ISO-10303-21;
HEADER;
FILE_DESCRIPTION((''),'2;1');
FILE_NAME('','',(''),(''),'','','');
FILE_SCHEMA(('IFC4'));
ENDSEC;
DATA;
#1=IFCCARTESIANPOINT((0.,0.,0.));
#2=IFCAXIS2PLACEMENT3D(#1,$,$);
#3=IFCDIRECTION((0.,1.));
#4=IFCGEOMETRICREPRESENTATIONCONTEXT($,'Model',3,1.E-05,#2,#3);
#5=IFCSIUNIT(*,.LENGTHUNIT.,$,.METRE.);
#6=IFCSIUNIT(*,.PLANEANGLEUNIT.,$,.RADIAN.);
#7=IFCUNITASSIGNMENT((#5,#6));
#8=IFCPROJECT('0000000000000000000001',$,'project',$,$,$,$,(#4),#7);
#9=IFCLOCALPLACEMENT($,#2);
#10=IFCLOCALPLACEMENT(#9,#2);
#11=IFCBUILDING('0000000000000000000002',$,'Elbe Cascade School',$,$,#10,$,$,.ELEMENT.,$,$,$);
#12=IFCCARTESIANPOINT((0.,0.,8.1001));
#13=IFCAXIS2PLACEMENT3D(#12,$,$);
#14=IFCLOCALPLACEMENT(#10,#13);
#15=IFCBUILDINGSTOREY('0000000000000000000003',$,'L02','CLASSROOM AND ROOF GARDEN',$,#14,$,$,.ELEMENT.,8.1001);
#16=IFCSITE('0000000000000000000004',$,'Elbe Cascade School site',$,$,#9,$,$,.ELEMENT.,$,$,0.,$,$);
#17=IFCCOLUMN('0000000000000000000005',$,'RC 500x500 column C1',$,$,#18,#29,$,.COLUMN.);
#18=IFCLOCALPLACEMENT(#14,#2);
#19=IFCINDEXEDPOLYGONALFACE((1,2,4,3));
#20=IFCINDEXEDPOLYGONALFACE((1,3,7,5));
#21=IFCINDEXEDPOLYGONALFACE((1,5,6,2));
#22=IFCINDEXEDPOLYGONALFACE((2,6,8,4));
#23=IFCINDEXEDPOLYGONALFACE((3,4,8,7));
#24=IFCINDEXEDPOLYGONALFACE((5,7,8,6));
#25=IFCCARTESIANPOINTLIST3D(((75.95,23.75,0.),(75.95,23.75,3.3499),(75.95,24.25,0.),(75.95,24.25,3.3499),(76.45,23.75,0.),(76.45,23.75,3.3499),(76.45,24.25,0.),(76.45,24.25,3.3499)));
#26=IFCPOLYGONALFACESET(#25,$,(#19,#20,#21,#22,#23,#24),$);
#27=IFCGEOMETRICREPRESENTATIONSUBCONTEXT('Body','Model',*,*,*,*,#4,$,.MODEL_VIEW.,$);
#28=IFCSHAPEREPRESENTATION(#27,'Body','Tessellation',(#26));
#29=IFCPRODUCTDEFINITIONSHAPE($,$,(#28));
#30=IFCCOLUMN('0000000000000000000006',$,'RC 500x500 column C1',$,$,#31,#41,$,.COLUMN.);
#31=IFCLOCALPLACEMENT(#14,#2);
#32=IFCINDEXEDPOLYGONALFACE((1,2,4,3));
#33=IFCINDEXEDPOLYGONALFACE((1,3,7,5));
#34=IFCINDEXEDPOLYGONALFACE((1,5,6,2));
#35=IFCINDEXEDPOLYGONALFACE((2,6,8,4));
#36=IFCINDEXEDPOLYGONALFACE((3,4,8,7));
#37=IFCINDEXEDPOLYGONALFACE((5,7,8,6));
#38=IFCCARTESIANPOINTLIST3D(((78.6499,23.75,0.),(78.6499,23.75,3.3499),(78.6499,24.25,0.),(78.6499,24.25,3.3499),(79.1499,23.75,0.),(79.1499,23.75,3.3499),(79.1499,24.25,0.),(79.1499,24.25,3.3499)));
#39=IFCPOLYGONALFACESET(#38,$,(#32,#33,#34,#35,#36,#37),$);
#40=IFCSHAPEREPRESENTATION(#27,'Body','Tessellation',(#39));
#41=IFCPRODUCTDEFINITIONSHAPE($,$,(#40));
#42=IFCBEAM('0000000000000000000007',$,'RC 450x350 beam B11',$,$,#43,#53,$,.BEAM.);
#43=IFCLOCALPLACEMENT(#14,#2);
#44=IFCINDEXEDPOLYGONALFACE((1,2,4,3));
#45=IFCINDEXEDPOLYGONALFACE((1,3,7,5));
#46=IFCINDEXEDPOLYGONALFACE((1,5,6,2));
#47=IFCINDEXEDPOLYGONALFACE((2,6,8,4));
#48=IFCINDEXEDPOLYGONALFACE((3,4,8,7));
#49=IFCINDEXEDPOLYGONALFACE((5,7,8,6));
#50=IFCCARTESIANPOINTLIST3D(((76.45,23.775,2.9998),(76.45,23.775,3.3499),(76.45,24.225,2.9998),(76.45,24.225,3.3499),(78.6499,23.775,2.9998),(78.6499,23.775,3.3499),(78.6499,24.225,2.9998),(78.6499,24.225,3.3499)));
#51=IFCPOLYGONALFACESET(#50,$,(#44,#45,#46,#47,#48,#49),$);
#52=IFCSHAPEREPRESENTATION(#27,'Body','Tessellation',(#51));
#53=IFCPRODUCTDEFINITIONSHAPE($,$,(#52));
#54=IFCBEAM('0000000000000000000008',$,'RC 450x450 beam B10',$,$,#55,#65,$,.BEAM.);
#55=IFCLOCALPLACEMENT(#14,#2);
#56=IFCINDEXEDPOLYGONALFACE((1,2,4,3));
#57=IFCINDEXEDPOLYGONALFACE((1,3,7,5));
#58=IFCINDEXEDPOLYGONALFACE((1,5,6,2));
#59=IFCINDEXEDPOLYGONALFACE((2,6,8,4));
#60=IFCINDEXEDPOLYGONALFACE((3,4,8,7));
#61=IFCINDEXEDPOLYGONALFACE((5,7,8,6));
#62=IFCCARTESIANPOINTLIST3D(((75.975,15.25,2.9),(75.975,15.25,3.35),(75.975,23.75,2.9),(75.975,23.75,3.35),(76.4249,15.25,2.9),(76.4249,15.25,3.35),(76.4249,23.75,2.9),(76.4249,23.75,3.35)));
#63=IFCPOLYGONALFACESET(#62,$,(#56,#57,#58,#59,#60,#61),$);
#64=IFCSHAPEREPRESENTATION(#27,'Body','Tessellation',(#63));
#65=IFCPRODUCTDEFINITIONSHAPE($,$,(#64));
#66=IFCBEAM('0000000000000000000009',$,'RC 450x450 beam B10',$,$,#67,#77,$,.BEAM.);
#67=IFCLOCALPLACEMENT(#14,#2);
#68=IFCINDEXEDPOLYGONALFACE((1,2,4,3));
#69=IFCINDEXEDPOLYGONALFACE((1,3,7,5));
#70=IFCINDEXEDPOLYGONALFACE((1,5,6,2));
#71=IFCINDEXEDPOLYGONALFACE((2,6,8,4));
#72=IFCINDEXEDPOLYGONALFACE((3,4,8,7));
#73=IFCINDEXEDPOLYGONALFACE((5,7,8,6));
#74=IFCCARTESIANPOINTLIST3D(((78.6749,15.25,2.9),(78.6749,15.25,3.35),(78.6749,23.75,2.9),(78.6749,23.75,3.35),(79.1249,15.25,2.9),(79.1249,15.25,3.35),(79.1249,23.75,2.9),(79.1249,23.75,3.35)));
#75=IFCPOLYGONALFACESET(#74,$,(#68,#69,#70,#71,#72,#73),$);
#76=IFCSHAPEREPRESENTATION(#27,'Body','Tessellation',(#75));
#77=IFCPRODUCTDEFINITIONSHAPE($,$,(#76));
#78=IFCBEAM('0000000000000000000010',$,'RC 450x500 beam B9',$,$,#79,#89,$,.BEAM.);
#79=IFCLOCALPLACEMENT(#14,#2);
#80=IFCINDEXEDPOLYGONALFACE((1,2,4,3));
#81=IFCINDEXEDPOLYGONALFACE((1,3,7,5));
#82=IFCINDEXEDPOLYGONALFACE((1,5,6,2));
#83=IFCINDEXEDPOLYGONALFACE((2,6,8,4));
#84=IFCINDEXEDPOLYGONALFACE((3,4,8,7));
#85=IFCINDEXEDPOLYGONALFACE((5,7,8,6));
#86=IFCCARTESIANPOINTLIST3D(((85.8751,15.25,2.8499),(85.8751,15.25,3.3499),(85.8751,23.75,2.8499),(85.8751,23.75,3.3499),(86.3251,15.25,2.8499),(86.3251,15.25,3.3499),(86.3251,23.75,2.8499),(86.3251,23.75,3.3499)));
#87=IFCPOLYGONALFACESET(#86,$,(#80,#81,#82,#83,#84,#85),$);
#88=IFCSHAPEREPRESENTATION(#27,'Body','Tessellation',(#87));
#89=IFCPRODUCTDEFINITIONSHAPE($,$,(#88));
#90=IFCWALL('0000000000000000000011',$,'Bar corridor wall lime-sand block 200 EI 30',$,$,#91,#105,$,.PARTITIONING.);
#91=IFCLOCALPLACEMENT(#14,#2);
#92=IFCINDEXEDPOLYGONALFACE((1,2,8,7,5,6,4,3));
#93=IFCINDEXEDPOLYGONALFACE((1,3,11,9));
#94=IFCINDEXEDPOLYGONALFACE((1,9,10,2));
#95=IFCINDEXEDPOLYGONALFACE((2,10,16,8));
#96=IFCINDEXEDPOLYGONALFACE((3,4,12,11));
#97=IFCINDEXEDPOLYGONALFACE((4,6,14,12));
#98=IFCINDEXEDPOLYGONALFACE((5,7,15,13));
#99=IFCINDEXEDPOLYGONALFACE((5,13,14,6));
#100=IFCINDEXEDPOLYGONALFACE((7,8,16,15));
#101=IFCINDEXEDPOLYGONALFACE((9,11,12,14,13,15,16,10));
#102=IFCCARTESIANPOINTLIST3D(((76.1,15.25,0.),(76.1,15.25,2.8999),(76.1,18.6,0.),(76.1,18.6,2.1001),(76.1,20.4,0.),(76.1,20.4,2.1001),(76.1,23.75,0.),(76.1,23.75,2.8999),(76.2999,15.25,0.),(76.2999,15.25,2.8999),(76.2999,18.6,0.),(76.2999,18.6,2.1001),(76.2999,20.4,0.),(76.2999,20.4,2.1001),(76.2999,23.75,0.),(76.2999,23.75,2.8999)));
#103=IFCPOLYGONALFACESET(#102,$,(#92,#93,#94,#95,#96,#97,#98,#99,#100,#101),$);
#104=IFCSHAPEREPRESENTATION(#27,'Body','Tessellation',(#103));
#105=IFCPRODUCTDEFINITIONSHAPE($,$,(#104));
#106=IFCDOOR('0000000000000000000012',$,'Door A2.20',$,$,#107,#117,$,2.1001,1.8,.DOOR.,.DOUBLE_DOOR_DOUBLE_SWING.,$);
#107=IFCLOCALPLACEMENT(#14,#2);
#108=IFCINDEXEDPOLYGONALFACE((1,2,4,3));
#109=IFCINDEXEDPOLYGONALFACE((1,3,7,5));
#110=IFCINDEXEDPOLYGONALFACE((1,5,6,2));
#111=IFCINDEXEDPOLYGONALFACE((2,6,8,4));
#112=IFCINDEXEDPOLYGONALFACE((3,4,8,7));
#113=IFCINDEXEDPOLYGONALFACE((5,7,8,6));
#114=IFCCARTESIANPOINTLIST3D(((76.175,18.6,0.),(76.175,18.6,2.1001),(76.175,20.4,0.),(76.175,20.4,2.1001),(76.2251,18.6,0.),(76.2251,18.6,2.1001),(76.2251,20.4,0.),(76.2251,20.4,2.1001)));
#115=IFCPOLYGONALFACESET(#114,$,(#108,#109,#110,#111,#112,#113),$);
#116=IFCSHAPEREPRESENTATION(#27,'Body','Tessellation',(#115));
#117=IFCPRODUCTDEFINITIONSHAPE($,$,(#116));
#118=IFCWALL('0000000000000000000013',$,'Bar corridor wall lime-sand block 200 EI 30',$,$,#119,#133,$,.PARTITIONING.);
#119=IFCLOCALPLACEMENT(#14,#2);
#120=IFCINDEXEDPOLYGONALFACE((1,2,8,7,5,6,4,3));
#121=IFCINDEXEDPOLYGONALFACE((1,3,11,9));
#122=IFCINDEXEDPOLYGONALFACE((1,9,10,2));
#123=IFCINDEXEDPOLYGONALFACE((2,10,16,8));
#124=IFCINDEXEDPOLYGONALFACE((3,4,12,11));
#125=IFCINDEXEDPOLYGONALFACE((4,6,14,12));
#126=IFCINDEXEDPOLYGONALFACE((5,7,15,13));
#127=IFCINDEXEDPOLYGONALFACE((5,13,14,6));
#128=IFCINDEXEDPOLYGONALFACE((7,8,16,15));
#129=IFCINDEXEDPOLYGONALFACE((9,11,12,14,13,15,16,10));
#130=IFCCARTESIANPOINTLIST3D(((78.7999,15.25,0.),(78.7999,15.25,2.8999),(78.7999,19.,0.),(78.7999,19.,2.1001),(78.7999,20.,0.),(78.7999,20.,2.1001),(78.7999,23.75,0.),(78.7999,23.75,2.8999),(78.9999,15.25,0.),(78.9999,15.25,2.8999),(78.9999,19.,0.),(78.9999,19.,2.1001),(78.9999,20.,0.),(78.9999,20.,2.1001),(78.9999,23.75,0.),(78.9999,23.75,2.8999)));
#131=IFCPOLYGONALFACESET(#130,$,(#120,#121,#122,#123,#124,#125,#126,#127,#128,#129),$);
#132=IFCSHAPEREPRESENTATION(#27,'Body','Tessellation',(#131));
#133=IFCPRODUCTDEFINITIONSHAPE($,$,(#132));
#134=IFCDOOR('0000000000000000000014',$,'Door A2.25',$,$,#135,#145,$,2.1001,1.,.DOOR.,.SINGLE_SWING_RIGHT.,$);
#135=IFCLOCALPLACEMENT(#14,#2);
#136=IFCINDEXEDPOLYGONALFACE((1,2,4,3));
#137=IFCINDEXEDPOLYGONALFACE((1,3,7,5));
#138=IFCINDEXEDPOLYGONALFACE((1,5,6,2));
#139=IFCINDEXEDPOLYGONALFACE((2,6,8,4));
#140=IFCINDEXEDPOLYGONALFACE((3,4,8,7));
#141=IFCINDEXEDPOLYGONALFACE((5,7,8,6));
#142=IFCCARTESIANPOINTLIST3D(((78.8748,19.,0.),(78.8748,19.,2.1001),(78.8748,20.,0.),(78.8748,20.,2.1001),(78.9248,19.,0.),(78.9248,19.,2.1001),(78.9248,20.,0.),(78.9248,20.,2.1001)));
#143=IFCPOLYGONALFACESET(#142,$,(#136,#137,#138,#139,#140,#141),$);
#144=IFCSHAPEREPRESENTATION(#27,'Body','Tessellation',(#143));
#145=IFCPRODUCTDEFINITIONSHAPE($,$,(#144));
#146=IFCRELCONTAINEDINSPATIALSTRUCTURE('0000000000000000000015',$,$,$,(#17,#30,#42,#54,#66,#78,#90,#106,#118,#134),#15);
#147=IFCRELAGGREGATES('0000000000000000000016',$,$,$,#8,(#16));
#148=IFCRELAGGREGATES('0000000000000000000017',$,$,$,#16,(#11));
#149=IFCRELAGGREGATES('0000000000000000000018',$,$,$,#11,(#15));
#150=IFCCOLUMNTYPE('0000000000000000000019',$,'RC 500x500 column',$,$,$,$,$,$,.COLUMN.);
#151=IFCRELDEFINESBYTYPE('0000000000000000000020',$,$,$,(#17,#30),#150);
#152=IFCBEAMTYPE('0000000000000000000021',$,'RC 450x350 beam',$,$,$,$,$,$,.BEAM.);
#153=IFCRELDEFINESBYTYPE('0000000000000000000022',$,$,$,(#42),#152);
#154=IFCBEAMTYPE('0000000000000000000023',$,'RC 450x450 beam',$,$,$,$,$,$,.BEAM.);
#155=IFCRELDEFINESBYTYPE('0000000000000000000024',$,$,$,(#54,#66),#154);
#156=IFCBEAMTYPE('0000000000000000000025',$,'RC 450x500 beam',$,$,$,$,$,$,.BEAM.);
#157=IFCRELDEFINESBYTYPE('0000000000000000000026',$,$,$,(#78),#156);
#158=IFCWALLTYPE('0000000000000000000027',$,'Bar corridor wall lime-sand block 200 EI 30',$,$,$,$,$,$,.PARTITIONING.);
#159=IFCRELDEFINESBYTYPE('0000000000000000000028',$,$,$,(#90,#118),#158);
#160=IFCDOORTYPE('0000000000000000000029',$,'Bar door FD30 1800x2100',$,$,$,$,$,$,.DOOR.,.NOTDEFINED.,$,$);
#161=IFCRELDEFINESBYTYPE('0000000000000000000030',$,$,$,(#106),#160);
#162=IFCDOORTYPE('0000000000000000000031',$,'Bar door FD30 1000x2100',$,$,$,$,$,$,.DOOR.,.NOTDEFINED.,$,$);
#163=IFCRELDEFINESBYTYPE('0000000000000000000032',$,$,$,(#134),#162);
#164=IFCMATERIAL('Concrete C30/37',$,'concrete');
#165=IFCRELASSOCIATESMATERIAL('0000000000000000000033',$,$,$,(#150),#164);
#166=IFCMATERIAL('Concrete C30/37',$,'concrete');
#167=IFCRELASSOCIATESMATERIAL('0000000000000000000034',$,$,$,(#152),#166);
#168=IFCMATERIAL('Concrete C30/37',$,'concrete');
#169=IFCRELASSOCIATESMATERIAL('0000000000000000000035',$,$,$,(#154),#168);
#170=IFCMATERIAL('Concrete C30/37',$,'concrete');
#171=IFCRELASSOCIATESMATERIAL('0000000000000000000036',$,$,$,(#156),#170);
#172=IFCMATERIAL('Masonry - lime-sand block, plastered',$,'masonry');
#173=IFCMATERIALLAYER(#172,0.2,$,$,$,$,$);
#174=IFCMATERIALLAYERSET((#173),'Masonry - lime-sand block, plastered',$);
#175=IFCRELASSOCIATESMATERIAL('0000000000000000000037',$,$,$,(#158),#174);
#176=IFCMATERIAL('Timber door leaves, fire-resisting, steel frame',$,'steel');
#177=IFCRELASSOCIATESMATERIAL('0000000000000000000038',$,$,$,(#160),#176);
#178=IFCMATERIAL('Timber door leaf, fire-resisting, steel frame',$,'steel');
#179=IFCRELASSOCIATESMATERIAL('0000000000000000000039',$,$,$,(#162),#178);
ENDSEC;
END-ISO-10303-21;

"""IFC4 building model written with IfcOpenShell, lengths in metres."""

from ifc_helpers import new_model, si_unit, direction, frame, frame_2d, origin, origin_2d, place, context, subcontext, project, spatial, rectangle, extrude, material, layer, layer_set, material_profile, profile_set, type_object, element, fill, save


model = new_model("IFC4")

# Units and contexts
model_context = context("Model", 3, precision=1e-05, world=origin(), true_north=direction((0.0, 1.0)))
body_context = subcontext(model_context, "Body", "Model", "MODEL_VIEW")
ifc_project = project(units=[si_unit("LENGTHUNIT", "METRE"), si_unit("PLANEANGLEUNIT", "RADIAN")], contexts=[model_context])

# Site, building, storey
site_placement = place(None, origin())
site = spatial("IfcSite", under=ifc_project, at=site_placement, Name="Elbe Cascade School site", CompositionType="ELEMENT", RefElevation=0.0)
building_placement = place(site_placement, origin())
building = spatial("IfcBuilding", under=site, at=building_placement, Name="Elbe Cascade School", CompositionType="ELEMENT")
storey_placement = place(building_placement, frame((0.0, 0.0, 8.1001)))
storey = spatial("IfcBuildingStorey", under=building, at=storey_placement, Name="L02", Description="CLASSROOM AND ROOF GARDEN", CompositionType="ELEMENT", Elevation=8.1001)

# Columns
ifc_material_1 = material(Name="Concrete C30/37", Category="concrete")
ifc_material_profile_1 = material_profile(ifc_material_1, rectangle(XDim=0.5, YDim=0.5, at=origin_2d()), Name="RC 500x500")
ifc_profile_set_1 = profile_set([ifc_material_profile_1], Name="Concrete C30/37")
column_type = type_object("IfcColumnType", Name="RC 500x500 column", PredefinedType="COLUMN", material=ifc_profile_set_1)
for number, where, z_axis, x_axis, name in (
    (1, (76.2, 24.0, 0.0), (0.0, 0.0, 1.0), (1.0, 0.0, 0.0), "RC 500x500 column C1"),
    (2, (78.8999, 24.0, 0.0), (0.0, 0.0, 1.0), (1.0, 0.0, 0.0), "RC 500x500 column C1"),
):
    element("IfcColumn", number, at=place(storey_placement, frame(where, z_axis=z_axis, x_axis=x_axis)), inside=storey, type_object=column_type, Name=name, PredefinedType="COLUMN", context=body_context, shape_type="SweptSolid", body=[
        extrude(rectangle(XDim=0.5, YDim=0.5, at=origin_2d()), origin(), (0.0, 0.0, 1.0), 3.3499),
    ])

# Beams
ifc_material_2 = material(Name="Concrete C30/37", Category="concrete")
ifc_material_profile_2 = material_profile(ifc_material_2, rectangle(XDim=0.45, YDim=0.3501, at=origin_2d()), Name="RC 450x350")
ifc_profile_set_2 = profile_set([ifc_material_profile_2], Name="Concrete C30/37")
beam_type_1 = type_object("IfcBeamType", Name="RC 450x350 beam", PredefinedType="BEAM", material=ifc_profile_set_2)
beam_1_placement = place(storey_placement, frame((76.45, 24.0, 3.1748), z_axis=(1.0, 0.0, 0.0), x_axis=(0.0, 1.0, 0.0)))
element("IfcBeam", 3, at=beam_1_placement, inside=storey, type_object=beam_type_1, Name="RC 450x350 beam B11", PredefinedType="BEAM", context=body_context, shape_type="SweptSolid", body=[
    extrude(rectangle(XDim=0.45, YDim=0.3501, at=origin_2d()), origin(), (0.0, 0.0, 1.0), 2.2),
])
ifc_material_3 = material(Name="Concrete C30/37", Category="concrete")
ifc_material_profile_3 = material_profile(ifc_material_3, rectangle(XDim=0.45, YDim=0.45, at=origin_2d()), Name="RC 450x450")
ifc_profile_set_3 = profile_set([ifc_material_profile_3], Name="Concrete C30/37")
beam_type_2 = type_object("IfcBeamType", Name="RC 450x450 beam", PredefinedType="BEAM", material=ifc_profile_set_3)
for number, where, z_axis, x_axis, name in (
    (4, (76.2, 15.25, 3.125), (0.0, 1.0, 0.0), (-1.0, 0.0, 0.0), "RC 450x450 beam B10"),
    (5, (78.8999, 15.25, 3.125), (0.0, 1.0, 0.0), (-1.0, 0.0, 0.0), "RC 450x450 beam B10"),
):
    element("IfcBeam", number, at=place(storey_placement, frame(where, z_axis=z_axis, x_axis=x_axis)), inside=storey, type_object=beam_type_2, Name=name, PredefinedType="BEAM", context=body_context, shape_type="SweptSolid", body=[
        extrude(rectangle(XDim=0.45, YDim=0.45, at=origin_2d()), origin(), (0.0, 0.0, 1.0), 8.5),
    ])
ifc_material_4 = material(Name="Concrete C30/37", Category="concrete")
ifc_material_profile_4 = material_profile(ifc_material_4, rectangle(XDim=0.45, YDim=0.5, at=origin_2d()), Name="RC 450x500")
ifc_profile_set_4 = profile_set([ifc_material_profile_4], Name="Concrete C30/37")
beam_type_3 = type_object("IfcBeamType", Name="RC 450x500 beam", PredefinedType="BEAM", material=ifc_profile_set_4)
beam_2_placement = place(storey_placement, frame((86.1001, 15.25, 3.0999), z_axis=(0.0, 1.0, 0.0), x_axis=(-1.0, 0.0, 0.0)))
element("IfcBeam", 6, at=beam_2_placement, inside=storey, type_object=beam_type_3, Name="RC 450x500 beam B9", PredefinedType="BEAM", context=body_context, shape_type="SweptSolid", body=[
    extrude(rectangle(XDim=0.45, YDim=0.5, at=origin_2d()), origin(), (0.0, 0.0, 1.0), 8.5),
])

# Walls, openings, doors
ifc_material_5 = material(Name="Masonry - lime-sand block, plastered", Category="masonry")
ifc_layer_1 = layer(ifc_material_5, 0.2)
ifc_layer_set_1 = layer_set([ifc_layer_1], Name="Masonry - lime-sand block, plastered")
wall_type_1 = type_object("IfcWallType", Name="Bar corridor wall lime-sand block 200 EI 30", PredefinedType="PARTITIONING", material=ifc_layer_set_1)
wall_1_placement = place(storey_placement, frame((76.2, 15.25, 0.0), z_axis=(0.0, 0.0, 1.0), x_axis=(0.0, 1.0, 0.0)))
wall_1 = element("IfcWall", 7, at=wall_1_placement, inside=storey, type_object=wall_type_1, Name="Bar corridor wall lime-sand block 200 EI 30", PredefinedType="PARTITIONING", context=body_context, shape_type="SweptSolid", body=[
    extrude(rectangle(XDim=8.5, YDim=0.2, at=frame_2d((4.25, 0.0))), origin(), (0.0, 0.0, 1.0), 2.8999),
])
opening_1_placement = place(wall_1_placement, frame((3.3501, 0.0, 0.0)))
opening_1 = element("IfcOpeningElement", 8, at=opening_1_placement, cuts=wall_1, PredefinedType="OPENING", context=body_context, shape_type="SweptSolid", body=[
    extrude(rectangle(XDim=1.8, YDim=2.1001, at=frame_2d((0.8999, 1.05))), frame((0.0, 0.1099, 0.0), z_axis=(0.0, -1.0, 0.0), x_axis=(1.0, 0.0, 0.0)), (0.0, 0.0, 1.0), 0.22),
])
ifc_material_6 = material(Name="Timber door leaves, fire-resisting, steel frame", Category="steel")
door_type_1 = type_object("IfcDoorType", Name="Bar door FD30 1800x2100", OperationType="NOTDEFINED", PredefinedType="DOOR", material=ifc_material_6)
door_1_placement = place(opening_1_placement, origin())
door_1 = element("IfcDoor", 9, at=door_1_placement, inside=storey, type_object=door_type_1, Name="Door A2.20", OperationType="DOUBLE_DOOR_DOUBLE_SWING", OverallHeight=2.1001, OverallWidth=1.8, PredefinedType="DOOR", context=body_context, shape_type="SweptSolid", body=[
    extrude(rectangle(XDim=1.8, YDim=2.1001, at=frame_2d((0.8999, 1.05))), frame((0.0, 0.0249, 0.0), z_axis=(0.0, -1.0, 0.0), x_axis=(1.0, 0.0, 0.0)), (0.0, 0.0, 1.0), 0.05),
])
fill(opening_1, door_1)
wall_2_placement = place(storey_placement, frame((78.8999, 23.75, 0.0), z_axis=(0.0, 0.0, 1.0), x_axis=(0.0, -1.0, 0.0)))
wall_2 = element("IfcWall", 10, at=wall_2_placement, inside=storey, type_object=wall_type_1, Name="Bar corridor wall lime-sand block 200 EI 30", PredefinedType="PARTITIONING", context=body_context, shape_type="SweptSolid", body=[
    extrude(rectangle(XDim=8.5, YDim=0.2, at=frame_2d((4.25, 0.0))), origin(), (0.0, 0.0, 1.0), 2.8999),
])
opening_2_placement = place(wall_2_placement, frame((3.75, 0.0, 0.0)))
opening_2 = element("IfcOpeningElement", 11, at=opening_2_placement, cuts=wall_2, PredefinedType="OPENING", context=body_context, shape_type="SweptSolid", body=[
    extrude(rectangle(XDim=1.0, YDim=2.1001, at=frame_2d((0.5, 1.05))), frame((0.0, 0.1099, 0.0), z_axis=(0.0, -1.0, 0.0), x_axis=(1.0, 0.0, 0.0)), (0.0, 0.0, 1.0), 0.22),
])
ifc_material_7 = material(Name="Timber door leaf, fire-resisting, steel frame", Category="steel")
door_type_2 = type_object("IfcDoorType", Name="Bar door FD30 1000x2100", OperationType="NOTDEFINED", PredefinedType="DOOR", material=ifc_material_7)
door_2_placement = place(opening_2_placement, origin())
door_2 = element("IfcDoor", 12, at=door_2_placement, inside=storey, type_object=door_type_2, Name="Door A2.25", OperationType="SINGLE_SWING_RIGHT", OverallHeight=2.1001, OverallWidth=1.0, PredefinedType="DOOR", context=body_context, shape_type="SweptSolid", body=[
    extrude(rectangle(XDim=1.0, YDim=2.1001, at=frame_2d((0.5, 1.05))), frame((0.0, 0.0249, 0.0), z_axis=(0.0, -1.0, 0.0), x_axis=(1.0, 0.0, 0.0)), (0.0, 0.0, 1.0), 0.05),
])
fill(opening_2, door_2)

save(model, "model.ifc")
